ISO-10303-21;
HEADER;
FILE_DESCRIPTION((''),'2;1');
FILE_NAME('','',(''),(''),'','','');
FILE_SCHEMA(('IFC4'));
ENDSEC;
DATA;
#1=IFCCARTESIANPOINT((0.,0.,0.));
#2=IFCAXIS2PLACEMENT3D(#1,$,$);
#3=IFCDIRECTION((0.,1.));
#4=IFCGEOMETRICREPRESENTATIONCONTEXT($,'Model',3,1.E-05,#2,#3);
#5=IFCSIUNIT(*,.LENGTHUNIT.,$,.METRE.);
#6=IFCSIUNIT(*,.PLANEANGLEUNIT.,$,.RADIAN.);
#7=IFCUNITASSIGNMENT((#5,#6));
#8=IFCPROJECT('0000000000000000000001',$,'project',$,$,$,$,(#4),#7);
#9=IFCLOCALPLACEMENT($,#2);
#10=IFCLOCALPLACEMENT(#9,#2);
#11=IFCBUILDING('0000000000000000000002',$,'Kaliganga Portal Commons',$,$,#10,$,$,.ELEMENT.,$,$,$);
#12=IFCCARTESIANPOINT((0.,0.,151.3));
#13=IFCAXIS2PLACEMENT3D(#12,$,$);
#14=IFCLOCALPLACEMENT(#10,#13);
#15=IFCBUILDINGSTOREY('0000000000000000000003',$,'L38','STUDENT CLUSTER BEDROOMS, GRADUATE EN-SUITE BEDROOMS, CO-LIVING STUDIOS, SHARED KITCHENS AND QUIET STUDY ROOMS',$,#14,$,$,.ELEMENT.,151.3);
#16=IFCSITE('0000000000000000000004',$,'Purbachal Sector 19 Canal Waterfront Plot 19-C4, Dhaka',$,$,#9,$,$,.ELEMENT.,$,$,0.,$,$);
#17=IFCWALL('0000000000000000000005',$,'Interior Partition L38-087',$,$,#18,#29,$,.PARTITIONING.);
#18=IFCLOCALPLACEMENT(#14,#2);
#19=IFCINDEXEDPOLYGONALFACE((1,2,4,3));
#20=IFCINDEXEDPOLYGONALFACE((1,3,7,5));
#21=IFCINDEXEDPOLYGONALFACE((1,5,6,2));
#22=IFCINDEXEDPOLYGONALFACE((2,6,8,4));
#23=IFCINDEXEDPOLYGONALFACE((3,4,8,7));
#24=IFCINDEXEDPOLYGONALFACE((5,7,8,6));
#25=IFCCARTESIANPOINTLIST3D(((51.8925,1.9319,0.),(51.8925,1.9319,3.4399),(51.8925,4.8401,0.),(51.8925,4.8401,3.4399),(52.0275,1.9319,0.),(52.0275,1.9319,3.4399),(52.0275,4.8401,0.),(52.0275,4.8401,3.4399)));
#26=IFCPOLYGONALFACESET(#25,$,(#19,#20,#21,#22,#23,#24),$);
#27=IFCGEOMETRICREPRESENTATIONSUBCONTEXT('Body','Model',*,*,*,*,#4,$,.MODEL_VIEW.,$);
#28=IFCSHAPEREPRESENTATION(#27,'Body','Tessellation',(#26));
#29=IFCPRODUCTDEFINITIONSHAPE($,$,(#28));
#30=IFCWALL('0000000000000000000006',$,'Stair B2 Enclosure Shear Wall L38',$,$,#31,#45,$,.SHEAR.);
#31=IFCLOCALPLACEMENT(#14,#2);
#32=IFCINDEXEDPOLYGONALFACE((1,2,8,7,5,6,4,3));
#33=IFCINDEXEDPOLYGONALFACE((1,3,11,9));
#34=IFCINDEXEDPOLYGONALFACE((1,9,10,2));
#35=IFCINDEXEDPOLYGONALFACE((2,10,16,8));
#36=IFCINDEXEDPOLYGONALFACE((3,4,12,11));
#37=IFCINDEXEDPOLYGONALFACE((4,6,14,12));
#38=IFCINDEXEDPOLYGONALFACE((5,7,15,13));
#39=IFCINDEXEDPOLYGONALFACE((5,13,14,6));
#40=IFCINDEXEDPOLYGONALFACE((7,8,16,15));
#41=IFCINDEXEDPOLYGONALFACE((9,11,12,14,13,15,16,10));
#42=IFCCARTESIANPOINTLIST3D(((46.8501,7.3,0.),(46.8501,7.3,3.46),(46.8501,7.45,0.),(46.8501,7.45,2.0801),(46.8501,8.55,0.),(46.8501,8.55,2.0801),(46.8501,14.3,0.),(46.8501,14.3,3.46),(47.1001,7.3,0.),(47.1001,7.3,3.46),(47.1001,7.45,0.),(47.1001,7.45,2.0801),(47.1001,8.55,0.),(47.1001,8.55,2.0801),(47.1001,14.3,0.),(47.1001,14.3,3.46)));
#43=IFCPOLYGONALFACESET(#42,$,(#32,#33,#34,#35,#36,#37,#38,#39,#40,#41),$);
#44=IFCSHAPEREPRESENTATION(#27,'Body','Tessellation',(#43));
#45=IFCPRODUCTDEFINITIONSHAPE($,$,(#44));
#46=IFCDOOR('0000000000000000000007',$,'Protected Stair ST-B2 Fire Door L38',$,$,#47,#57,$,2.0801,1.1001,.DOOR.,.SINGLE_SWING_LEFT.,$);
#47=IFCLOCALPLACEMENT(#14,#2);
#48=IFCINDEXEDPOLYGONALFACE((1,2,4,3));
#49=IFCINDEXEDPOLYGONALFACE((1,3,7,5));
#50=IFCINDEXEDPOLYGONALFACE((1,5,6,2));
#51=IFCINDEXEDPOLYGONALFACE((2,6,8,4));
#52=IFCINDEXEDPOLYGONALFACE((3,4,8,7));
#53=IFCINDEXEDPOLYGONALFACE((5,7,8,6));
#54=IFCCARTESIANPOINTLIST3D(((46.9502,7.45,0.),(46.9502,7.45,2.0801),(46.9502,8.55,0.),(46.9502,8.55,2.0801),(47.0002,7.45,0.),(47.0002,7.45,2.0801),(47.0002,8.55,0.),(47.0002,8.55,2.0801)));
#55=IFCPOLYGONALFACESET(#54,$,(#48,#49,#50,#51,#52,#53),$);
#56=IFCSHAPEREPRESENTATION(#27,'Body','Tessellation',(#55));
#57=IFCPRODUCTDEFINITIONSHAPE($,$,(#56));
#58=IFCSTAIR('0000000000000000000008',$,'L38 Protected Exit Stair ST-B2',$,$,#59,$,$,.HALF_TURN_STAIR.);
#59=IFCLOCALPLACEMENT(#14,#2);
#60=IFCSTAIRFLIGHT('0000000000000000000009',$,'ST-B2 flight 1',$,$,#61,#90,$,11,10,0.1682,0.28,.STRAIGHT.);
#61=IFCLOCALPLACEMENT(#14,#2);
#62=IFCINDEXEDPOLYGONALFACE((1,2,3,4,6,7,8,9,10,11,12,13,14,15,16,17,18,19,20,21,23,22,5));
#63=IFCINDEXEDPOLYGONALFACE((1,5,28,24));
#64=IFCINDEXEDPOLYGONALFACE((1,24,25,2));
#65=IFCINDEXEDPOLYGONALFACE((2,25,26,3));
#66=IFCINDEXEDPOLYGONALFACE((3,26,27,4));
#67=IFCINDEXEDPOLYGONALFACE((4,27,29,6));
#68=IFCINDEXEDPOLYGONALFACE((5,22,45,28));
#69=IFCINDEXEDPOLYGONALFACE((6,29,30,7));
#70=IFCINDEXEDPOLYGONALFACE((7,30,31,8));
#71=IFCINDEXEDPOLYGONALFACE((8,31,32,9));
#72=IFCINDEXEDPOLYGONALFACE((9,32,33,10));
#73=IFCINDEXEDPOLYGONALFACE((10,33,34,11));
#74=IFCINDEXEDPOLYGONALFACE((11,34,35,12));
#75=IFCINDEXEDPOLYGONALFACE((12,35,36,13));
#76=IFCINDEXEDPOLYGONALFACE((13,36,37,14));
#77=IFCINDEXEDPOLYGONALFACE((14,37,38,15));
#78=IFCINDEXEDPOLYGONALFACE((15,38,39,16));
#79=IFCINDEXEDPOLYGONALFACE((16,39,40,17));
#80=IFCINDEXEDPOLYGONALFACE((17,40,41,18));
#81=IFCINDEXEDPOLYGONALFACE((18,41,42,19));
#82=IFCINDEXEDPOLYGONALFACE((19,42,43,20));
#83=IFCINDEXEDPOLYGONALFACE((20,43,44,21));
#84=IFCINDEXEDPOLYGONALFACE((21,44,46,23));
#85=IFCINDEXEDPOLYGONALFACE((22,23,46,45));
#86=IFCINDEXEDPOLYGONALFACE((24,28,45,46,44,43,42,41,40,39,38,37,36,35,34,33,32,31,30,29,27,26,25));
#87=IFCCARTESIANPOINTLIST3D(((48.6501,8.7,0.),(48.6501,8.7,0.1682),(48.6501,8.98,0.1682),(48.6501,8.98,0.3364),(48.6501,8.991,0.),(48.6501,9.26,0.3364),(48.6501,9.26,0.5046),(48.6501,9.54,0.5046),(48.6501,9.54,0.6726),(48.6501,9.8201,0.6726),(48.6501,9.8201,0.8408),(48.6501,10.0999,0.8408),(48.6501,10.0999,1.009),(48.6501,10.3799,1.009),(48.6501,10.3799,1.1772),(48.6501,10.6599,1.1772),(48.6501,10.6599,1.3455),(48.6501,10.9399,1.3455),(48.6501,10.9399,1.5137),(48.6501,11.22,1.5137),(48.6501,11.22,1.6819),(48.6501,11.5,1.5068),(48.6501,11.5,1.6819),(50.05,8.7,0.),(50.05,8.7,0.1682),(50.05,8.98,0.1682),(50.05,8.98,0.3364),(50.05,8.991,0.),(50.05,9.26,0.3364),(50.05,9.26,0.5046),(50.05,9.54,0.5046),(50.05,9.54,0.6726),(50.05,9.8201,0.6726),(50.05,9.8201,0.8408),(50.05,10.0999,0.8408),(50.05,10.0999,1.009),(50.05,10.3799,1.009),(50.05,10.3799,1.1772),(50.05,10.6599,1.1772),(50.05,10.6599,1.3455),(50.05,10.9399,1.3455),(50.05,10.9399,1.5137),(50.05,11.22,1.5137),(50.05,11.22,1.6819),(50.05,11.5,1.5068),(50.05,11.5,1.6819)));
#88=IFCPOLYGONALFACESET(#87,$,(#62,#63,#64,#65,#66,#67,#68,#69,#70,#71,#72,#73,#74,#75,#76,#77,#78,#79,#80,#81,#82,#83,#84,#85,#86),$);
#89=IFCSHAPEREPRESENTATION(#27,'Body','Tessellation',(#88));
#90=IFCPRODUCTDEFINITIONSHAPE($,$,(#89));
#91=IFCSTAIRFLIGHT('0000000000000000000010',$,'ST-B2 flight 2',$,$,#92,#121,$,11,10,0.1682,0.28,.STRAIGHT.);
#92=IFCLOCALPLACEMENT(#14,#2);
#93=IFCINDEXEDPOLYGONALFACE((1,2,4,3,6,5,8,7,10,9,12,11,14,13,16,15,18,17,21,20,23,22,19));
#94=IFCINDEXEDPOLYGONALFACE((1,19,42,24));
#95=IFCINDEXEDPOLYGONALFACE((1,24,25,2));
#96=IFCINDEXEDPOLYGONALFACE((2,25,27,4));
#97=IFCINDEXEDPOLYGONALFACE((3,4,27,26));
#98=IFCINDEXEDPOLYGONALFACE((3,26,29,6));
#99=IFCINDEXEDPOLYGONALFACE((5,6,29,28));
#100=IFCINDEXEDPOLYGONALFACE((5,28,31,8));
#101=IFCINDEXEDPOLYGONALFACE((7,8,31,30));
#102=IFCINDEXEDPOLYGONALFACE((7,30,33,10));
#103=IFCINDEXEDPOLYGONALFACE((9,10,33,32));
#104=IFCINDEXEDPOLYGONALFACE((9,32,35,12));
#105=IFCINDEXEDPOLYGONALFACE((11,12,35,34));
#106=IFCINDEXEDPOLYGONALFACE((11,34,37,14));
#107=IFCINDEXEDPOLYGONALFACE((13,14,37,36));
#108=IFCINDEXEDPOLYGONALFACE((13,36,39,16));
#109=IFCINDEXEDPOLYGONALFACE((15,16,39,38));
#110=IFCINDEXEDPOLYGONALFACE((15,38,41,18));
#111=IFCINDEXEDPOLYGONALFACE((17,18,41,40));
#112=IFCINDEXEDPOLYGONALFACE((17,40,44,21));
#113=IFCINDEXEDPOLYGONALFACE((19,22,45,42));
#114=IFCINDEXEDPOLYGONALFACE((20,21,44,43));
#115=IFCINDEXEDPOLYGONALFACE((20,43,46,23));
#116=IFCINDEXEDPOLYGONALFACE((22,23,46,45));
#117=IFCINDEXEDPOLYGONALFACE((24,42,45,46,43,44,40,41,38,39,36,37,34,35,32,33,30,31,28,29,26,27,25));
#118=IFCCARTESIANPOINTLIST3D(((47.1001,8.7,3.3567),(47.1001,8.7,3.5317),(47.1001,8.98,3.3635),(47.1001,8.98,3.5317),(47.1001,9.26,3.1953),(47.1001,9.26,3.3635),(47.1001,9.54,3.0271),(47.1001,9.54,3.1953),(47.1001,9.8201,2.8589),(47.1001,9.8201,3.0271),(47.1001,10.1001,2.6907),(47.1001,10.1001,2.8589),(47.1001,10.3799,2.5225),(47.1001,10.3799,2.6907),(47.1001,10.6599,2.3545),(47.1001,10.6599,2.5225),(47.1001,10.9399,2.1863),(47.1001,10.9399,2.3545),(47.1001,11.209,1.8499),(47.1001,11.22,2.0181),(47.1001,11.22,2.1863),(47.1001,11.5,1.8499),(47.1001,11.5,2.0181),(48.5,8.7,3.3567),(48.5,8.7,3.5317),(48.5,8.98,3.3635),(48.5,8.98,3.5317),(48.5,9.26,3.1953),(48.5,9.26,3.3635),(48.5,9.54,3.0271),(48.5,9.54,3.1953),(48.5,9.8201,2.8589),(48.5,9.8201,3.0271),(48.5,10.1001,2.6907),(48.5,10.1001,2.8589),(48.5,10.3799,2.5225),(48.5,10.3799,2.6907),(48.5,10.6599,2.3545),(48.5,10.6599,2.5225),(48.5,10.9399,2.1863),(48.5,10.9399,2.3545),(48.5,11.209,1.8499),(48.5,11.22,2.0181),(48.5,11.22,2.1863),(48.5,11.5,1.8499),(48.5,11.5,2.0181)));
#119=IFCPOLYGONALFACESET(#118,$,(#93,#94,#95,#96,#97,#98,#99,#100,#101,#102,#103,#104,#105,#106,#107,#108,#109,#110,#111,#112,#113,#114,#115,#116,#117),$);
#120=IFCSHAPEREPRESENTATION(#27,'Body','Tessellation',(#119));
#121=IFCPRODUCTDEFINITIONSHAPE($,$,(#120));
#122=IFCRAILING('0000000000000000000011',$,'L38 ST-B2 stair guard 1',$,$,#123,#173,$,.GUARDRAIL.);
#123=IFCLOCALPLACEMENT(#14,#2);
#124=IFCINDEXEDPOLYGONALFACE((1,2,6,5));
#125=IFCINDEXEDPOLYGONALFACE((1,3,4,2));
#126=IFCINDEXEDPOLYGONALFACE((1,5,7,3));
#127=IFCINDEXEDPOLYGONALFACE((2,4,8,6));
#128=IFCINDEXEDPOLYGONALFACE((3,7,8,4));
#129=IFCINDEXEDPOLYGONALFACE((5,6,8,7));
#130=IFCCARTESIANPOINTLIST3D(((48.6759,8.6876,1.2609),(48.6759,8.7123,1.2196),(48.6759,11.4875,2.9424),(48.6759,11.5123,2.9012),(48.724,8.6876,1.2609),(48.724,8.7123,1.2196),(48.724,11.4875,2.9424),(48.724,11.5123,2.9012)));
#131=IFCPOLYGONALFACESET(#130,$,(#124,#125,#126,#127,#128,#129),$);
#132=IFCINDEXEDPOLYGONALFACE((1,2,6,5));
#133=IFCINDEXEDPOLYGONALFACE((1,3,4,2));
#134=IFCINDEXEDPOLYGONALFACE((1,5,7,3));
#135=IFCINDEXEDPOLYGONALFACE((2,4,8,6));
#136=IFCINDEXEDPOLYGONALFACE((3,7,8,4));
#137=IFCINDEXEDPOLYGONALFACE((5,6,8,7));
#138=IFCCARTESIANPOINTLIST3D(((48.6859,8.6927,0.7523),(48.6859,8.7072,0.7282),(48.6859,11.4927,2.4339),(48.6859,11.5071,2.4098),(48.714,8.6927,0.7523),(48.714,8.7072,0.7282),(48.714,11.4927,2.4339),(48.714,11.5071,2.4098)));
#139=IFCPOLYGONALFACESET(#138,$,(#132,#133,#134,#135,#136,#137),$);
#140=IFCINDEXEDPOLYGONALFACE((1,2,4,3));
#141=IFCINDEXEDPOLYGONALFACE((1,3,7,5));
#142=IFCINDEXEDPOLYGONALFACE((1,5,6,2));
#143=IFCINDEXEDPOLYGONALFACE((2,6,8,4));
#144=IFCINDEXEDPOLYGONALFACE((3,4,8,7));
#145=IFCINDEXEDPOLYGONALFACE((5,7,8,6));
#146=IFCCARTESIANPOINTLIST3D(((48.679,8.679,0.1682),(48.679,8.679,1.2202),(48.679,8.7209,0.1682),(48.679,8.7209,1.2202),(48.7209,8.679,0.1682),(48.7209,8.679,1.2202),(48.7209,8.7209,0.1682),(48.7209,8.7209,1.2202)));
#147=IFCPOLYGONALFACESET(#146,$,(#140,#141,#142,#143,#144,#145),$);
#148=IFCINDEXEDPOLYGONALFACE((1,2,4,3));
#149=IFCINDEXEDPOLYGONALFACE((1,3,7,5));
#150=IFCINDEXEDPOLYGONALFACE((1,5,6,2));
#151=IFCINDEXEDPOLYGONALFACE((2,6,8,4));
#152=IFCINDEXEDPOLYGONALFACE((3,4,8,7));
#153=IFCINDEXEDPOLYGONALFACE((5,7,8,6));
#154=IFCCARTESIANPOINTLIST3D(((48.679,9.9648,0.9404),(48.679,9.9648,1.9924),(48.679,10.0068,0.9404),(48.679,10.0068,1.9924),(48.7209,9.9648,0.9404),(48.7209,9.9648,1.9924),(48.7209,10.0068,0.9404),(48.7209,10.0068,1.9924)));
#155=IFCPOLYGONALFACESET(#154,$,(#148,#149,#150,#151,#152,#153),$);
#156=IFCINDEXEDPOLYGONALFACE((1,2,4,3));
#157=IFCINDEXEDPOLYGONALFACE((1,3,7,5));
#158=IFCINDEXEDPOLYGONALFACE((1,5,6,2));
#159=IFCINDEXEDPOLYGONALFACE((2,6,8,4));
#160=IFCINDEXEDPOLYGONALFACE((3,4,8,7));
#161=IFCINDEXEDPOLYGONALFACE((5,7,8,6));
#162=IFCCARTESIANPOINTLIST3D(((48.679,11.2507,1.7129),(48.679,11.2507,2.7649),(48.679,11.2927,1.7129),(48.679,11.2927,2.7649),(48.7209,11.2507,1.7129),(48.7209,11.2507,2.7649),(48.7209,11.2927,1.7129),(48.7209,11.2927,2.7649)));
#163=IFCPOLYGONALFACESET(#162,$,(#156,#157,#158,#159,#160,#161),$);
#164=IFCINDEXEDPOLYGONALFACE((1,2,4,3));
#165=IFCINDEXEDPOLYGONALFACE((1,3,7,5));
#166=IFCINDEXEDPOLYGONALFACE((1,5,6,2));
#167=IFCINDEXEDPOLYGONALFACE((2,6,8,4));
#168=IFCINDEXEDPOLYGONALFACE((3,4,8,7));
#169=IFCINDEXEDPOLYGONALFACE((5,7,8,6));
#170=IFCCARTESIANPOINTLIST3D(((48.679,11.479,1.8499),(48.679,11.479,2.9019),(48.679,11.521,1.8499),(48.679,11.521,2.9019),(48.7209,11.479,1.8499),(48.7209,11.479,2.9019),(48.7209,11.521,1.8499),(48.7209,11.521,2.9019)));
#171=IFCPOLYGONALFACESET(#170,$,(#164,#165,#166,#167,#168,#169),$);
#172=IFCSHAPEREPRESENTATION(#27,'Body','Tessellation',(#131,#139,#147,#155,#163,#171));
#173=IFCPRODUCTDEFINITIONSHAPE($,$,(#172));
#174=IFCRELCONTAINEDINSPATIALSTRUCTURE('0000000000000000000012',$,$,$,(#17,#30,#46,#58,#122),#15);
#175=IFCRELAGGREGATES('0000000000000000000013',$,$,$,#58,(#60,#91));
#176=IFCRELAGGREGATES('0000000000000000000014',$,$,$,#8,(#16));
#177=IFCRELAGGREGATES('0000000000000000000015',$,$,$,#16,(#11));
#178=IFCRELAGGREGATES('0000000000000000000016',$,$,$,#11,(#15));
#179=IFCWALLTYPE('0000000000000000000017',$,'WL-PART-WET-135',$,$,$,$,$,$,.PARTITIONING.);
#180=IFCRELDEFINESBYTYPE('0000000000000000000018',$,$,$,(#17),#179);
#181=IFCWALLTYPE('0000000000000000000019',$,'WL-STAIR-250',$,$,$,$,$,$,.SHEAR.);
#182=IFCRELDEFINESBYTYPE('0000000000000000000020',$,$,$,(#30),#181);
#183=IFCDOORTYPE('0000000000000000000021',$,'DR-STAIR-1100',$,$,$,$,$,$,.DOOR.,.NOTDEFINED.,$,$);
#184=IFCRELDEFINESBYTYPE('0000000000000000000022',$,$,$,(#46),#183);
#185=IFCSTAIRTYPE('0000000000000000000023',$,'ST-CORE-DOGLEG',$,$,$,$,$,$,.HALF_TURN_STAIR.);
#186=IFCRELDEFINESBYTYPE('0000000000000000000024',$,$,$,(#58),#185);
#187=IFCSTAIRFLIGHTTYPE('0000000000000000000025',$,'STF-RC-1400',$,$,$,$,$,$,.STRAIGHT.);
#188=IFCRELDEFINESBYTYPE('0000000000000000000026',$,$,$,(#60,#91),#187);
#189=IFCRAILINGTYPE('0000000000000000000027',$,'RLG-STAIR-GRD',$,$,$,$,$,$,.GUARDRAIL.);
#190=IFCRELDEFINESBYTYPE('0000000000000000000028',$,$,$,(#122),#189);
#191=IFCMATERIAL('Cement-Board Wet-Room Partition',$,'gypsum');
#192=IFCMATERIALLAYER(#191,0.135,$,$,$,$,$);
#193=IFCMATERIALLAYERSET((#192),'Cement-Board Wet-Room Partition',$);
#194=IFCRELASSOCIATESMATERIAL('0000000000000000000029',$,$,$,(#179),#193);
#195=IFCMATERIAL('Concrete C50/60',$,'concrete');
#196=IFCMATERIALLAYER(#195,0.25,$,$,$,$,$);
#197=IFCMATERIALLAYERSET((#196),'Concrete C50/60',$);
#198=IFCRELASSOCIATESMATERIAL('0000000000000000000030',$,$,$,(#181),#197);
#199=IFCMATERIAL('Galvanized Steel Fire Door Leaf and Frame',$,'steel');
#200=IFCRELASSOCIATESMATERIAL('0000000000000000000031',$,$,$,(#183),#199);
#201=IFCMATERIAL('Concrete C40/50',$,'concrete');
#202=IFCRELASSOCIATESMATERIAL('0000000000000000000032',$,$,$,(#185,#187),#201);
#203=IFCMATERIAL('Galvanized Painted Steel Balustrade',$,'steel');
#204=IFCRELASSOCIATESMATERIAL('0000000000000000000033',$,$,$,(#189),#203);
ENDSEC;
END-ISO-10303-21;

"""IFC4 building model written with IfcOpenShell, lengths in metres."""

from ifc_helpers import new_model, si_unit, direction, frame, frame_2d, origin, origin_2d, place, context, subcontext, project, spatial, polyline, rectangle, outline, extrude, material, layer, layer_set, type_object, element, fill, aggregate, save


model = new_model("IFC4")

# Units and contexts
model_context = context("Model", 3, precision=1e-05, world=origin(), true_north=direction((0.0, 1.0)))
body_context = subcontext(model_context, "Body", "Model", "MODEL_VIEW")
ifc_project = project(units=[si_unit("LENGTHUNIT", "METRE"), si_unit("PLANEANGLEUNIT", "RADIAN")], contexts=[model_context])

# Site, building, storey
site_placement = place(None, origin())
site = spatial("IfcSite", under=ifc_project, at=site_placement, Name="Purbachal Sector 19 Canal Waterfront Plot 19-C4, Dhaka", CompositionType="ELEMENT", RefElevation=0.0)
building_placement = place(site_placement, origin())
building = spatial("IfcBuilding", under=site, at=building_placement, Name="Kaliganga Portal Commons", CompositionType="ELEMENT")
storey_placement = place(building_placement, frame((0.0, 0.0, 151.3)))
storey = spatial("IfcBuildingStorey", under=building, at=storey_placement, Name="L38", Description="STUDENT CLUSTER BEDROOMS, GRADUATE EN-SUITE BEDROOMS, CO-LIVING STUDIOS, SHARED KITCHENS AND QUIET STUDY ROOMS", CompositionType="ELEMENT", Elevation=151.3)

# Wall
ifc_material_1 = material(Name="Cement-Board Wet-Room Partition", Category="gypsum")
ifc_layer_1 = layer(ifc_material_1, 0.135)
ifc_layer_set_1 = layer_set([ifc_layer_1], Name="Cement-Board Wet-Room Partition")
wall_type_1 = type_object("IfcWallType", Name="WL-PART-WET-135", PredefinedType="PARTITIONING", material=ifc_layer_set_1)
wall_1_placement = place(storey_placement, frame((51.96, 1.9319, 0.0), z_axis=(0.0, 0.0, 1.0), x_axis=(0.0, 1.0, 0.0)))
element("IfcWall", 1, at=wall_1_placement, inside=storey, type_object=wall_type_1, Name="Interior Partition L38-087", PredefinedType="PARTITIONING", context=body_context, shape_type="SweptSolid", body=[
    extrude(rectangle(XDim=2.9082, YDim=0.135, at=frame_2d((1.4541, 0.0))), origin(), (0.0, 0.0, 1.0), 3.4399),
])

# Wall, opening, door
ifc_material_2 = material(Name="Concrete C50/60", Category="concrete")
ifc_layer_2 = layer(ifc_material_2, 0.25)
ifc_layer_set_2 = layer_set([ifc_layer_2], Name="Concrete C50/60")
wall_type_2 = type_object("IfcWallType", Name="WL-STAIR-250", PredefinedType="SHEAR", material=ifc_layer_set_2)
wall_2_placement = place(storey_placement, frame((46.9751, 7.3, 0.0), z_axis=(0.0, 0.0, 1.0), x_axis=(0.0, 1.0, 0.0)))
wall_2 = element("IfcWall", 2, at=wall_2_placement, inside=storey, type_object=wall_type_2, Name="Stair B2 Enclosure Shear Wall L38", PredefinedType="SHEAR", context=body_context, shape_type="SweptSolid", body=[
    extrude(rectangle(XDim=7.0, YDim=0.25, at=frame_2d((3.5, 0.0))), origin(), (0.0, 0.0, 1.0), 3.46),
])
opening_1_placement = place(wall_2_placement, frame((0.1499, 0.0, 0.0)))
opening_1 = element("IfcOpeningElement", 3, at=opening_1_placement, cuts=wall_2, PredefinedType="OPENING", context=body_context, shape_type="SweptSolid", body=[
    extrude(rectangle(XDim=1.1001, YDim=2.0801, at=frame_2d((0.55, 1.04))), frame((0.0, 0.135, 0.0), z_axis=(0.0, -1.0, 0.0), x_axis=(1.0, 0.0, 0.0)), (0.0, 0.0, 1.0), 0.27),
])
ifc_material_3 = material(Name="Galvanized Steel Fire Door Leaf and Frame", Category="steel")
door_type_1 = type_object("IfcDoorType", Name="DR-STAIR-1100", OperationType="NOTDEFINED", PredefinedType="DOOR", material=ifc_material_3)
door_1_placement = place(opening_1_placement, origin())
door_1 = element("IfcDoor", 4, at=door_1_placement, inside=storey, type_object=door_type_1, Name="Protected Stair ST-B2 Fire Door L38", OperationType="SINGLE_SWING_LEFT", OverallHeight=2.0801, OverallWidth=1.1001, PredefinedType="DOOR", context=body_context, shape_type="SweptSolid", body=[
    extrude(rectangle(XDim=1.1001, YDim=2.0801, at=frame_2d((0.55, 1.04))), frame((0.0, 0.0249, 0.0), z_axis=(0.0, -1.0, 0.0), x_axis=(1.0, 0.0, 0.0)), (0.0, 0.0, 1.0), 0.05),
])
fill(opening_1, door_1)

# Stair, stair flights
ifc_material_4 = material(Name="Concrete C40/50", Category="concrete")
stair_type = type_object("IfcStairType", Name="ST-CORE-DOGLEG", PredefinedType="HALF_TURN_STAIR", material=ifc_material_4)
stair_placement = place(storey_placement, origin())
stair = element("IfcStair", 5, at=stair_placement, inside=storey, type_object=stair_type, Name="L38 Protected Exit Stair ST-B2", PredefinedType="HALF_TURN_STAIR")
stair_flight_type = type_object("IfcStairFlightType", Name="STF-RC-1400", PredefinedType="STRAIGHT", material=ifc_material_4)
stair_flight_1_placement = place(storey_placement, frame((49.3501, 8.7, 0.0), z_axis=(0.0, 0.0, 1.0), x_axis=(0.0, 1.0, 0.0)))
stair_flight_1 = element("IfcStairFlight", 6, at=stair_flight_1_placement, type_object=stair_flight_type, Name="ST-B2 flight 1", NumberOfRisers=11, NumberOfTreads=10, PredefinedType="STRAIGHT", RiserHeight=0.1682, TreadLength=0.28, context=body_context, shape_type="SweptSolid", body=[
    extrude(outline(polyline([(0.0, 0.0), (0.0, 0.1682), (0.28, 0.1682), (0.28, 0.3364), (0.5601, 0.3364), (0.5601, 0.5046), (0.8401, 0.5046), (0.8401, 0.6726), (1.1201, 0.6726), (1.1201, 0.8408), (1.3999, 0.8408), (1.3999, 1.009), (1.6799, 1.009), (1.6799, 1.1772), (1.96, 1.1772), (1.96, 1.3455), (2.24, 1.3455), (2.24, 1.5137), (2.52, 1.5137), (2.52, 1.6819), (2.8, 1.6819), (2.8, 1.8501), (2.8, 1.5068), (0.291, 0.0), (0.0, 0.0)])), frame((0.0, 0.7, 0.0), z_axis=(0.0, -1.0, 0.0), x_axis=(1.0, 0.0, 0.0)), (0.0, 0.0, 1.0), 1.3999),
])
stair_flight_2_placement = place(storey_placement, frame((47.8, 11.5, 1.8499), z_axis=(0.0, 0.0, 1.0), x_axis=(0.0, -1.0, 0.0)))
stair_flight_2 = element("IfcStairFlight", 7, at=stair_flight_2_placement, type_object=stair_flight_type, Name="ST-B2 flight 2", NumberOfRisers=11, NumberOfTreads=10, PredefinedType="STRAIGHT", RiserHeight=0.1682, TreadLength=0.28, context=body_context, shape_type="SweptSolid", body=[
    extrude(outline(polyline([(0.0, 0.0), (0.0, 0.1682), (0.28, 0.1682), (0.28, 0.3364), (0.5601, 0.3364), (0.5601, 0.5046), (0.8401, 0.5046), (0.8401, 0.6726), (1.1201, 0.6726), (1.1201, 0.8408), (1.3999, 0.8408), (1.3999, 1.009), (1.6799, 1.009), (1.6799, 1.1772), (1.96, 1.1772), (1.96, 1.3455), (2.24, 1.3455), (2.24, 1.5137), (2.52, 1.5137), (2.52, 1.6819), (2.8, 1.6819), (2.8, 1.8501), (2.8, 1.5068), (0.291, 0.0), (0.0, 0.0)])), frame((0.0, 0.7, 0.0), z_axis=(0.0, -1.0, 0.0), x_axis=(1.0, 0.0, 0.0)), (0.0, 0.0, 1.0), 1.3999),
])
aggregate(stair, [stair_flight_1, stair_flight_2])

# Railing
ifc_material_5 = material(Name="Galvanized Painted Steel Balustrade", Category="steel")
railing_type_1 = type_object("IfcRailingType", Name="RLG-STAIR-GRD", PredefinedType="GUARDRAIL", material=ifc_material_5)
railing_1_placement = place(storey_placement, frame((48.7, 8.7, 0.1682)))
element("IfcRailing", 8, at=railing_1_placement, inside=storey, type_object=railing_type_1, Name="L38 ST-B2 stair guard 1", PredefinedType="GUARDRAIL", context=body_context, shape_type="SweptSolid", body=[
    extrude(rectangle(XDim=0.0481, YDim=0.0481, at=origin_2d()), frame((0.0, 0.0, 1.072), z_axis=(0.0, 0.857275, 0.514858), x_axis=(-1.0, 0.0, 0.0)), (0.0, 0.0, 1.0), 3.2661),
    extrude(rectangle(XDim=0.0281, YDim=0.0281, at=origin_2d()), frame((0.0, 0.0, 0.572), z_axis=(0.0, 0.857275, 0.514858), x_axis=(-1.0, 0.0, 0.0)), (0.0, 0.0, 1.0), 3.2661),
    extrude(rectangle(XDim=0.042, YDim=0.042, at=origin_2d()), origin(), (0.0, 0.0, 1.0), 1.052),
    extrude(rectangle(XDim=0.042, YDim=0.042, at=origin_2d()), frame((0.0, 1.2859, 0.7722)), (0.0, 0.0, 1.0), 1.052),
    extrude(rectangle(XDim=0.042, YDim=0.042, at=origin_2d()), frame((0.0, 2.5718, 1.5447)), (0.0, 0.0, 1.0), 1.052),
    extrude(rectangle(XDim=0.042, YDim=0.042, at=origin_2d()), frame((0.0, 2.8, 1.6816)), (0.0, 0.0, 1.0), 1.052),
])

save(model, "model.ifc")
